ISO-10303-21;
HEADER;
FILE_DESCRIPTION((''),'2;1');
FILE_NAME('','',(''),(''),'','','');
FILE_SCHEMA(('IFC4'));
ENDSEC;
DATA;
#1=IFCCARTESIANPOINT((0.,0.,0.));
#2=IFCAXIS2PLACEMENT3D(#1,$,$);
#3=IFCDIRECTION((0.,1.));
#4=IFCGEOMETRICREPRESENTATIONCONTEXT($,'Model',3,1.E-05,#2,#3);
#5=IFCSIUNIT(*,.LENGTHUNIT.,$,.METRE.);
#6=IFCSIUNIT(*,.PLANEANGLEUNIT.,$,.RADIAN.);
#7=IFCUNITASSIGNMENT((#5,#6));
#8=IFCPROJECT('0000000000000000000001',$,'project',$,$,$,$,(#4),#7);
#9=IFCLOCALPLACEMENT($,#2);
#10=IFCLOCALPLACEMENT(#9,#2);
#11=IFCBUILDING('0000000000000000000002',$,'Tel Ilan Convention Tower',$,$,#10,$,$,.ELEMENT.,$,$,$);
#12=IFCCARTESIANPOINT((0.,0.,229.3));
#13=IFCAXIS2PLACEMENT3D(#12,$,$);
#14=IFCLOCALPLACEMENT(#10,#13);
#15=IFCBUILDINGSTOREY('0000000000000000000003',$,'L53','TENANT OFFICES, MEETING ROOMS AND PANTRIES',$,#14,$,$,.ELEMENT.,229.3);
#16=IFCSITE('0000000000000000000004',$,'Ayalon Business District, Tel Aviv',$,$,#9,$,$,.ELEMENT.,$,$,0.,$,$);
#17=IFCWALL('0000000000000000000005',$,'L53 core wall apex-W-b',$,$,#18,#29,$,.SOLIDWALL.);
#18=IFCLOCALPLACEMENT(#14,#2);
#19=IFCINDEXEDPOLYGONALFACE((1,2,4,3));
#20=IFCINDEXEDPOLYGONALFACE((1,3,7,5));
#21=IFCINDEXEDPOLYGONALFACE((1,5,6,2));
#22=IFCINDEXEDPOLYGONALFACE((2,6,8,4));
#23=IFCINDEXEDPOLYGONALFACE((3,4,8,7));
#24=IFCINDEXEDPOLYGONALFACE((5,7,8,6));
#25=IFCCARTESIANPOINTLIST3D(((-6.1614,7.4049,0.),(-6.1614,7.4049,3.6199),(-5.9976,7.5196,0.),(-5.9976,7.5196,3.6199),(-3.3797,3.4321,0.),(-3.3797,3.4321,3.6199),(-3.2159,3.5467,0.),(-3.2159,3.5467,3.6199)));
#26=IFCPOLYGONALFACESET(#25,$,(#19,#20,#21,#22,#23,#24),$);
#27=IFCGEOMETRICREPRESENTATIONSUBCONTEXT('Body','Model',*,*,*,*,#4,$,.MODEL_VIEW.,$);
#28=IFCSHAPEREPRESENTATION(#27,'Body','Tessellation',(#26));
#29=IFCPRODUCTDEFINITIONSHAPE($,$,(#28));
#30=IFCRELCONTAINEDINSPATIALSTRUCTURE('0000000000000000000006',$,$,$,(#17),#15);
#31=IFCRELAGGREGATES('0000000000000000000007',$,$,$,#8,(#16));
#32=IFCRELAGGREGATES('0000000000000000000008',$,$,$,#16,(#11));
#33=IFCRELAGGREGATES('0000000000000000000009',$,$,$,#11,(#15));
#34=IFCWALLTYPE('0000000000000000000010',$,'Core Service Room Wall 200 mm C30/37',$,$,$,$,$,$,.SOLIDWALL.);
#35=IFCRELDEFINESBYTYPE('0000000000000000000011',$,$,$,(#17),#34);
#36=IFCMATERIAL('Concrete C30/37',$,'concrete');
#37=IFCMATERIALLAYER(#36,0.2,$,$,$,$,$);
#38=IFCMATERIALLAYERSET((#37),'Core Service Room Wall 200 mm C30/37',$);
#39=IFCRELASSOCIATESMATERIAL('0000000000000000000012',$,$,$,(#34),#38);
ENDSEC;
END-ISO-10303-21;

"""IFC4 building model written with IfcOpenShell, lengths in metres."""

from ifc_helpers import new_model, si_unit, direction, frame, frame_2d, origin, place, context, subcontext, project, spatial, rectangle, extrude, material, layer, layer_set, type_object, element, save


model = new_model("IFC4")

# Units and contexts
model_context = context("Model", 3, precision=1e-05, world=origin(), true_north=direction((0.0, 1.0)))
body_context = subcontext(model_context, "Body", "Model", "MODEL_VIEW")
ifc_project = project(units=[si_unit("LENGTHUNIT", "METRE"), si_unit("PLANEANGLEUNIT", "RADIAN")], contexts=[model_context])

# Site, building, storey
site_placement = place(None, origin())
site = spatial("IfcSite", under=ifc_project, at=site_placement, Name="Ayalon Business District, Tel Aviv", CompositionType="ELEMENT", RefElevation=0.0)
building_placement = place(site_placement, origin())
building = spatial("IfcBuilding", under=site, at=building_placement, Name="Tel Ilan Convention Tower", CompositionType="ELEMENT")
storey_placement = place(building_placement, frame((0.0, 0.0, 229.3)))
storey = spatial("IfcBuildingStorey", under=building, at=storey_placement, Name="L53", Description="TENANT OFFICES, MEETING ROOMS AND PANTRIES", CompositionType="ELEMENT", Elevation=229.3)

# Wall
ifc_material_1 = material(Name="Concrete C30/37", Category="concrete")
ifc_layer_1 = layer(ifc_material_1, 0.2)
ifc_layer_set_1 = layer_set([ifc_layer_1], Name="Core Service Room Wall 200 mm C30/37")
wall_type_1 = type_object("IfcWallType", Name="Core Service Room Wall 200 mm C30/37", PredefinedType="SOLIDWALL", material=ifc_layer_set_1)
wall_1_placement = place(storey_placement, frame((-3.2979, 3.4895, 0.0), z_axis=(0.0, 0.0, 1.0), x_axis=(-0.57356, 0.819163, 0.0)))
element("IfcWall", 1, at=wall_1_placement, inside=storey, type_object=wall_type_1, Name="L53 core wall apex-W-b", PredefinedType="SOLIDWALL", context=body_context, shape_type="SweptSolid", body=[
    extrude(rectangle(XDim=4.8499, YDim=0.2, at=frame_2d((2.4248, 0.0))), origin(), (0.0, 0.0, 1.0), 3.6199),
])

save(model, "model.ifc")
